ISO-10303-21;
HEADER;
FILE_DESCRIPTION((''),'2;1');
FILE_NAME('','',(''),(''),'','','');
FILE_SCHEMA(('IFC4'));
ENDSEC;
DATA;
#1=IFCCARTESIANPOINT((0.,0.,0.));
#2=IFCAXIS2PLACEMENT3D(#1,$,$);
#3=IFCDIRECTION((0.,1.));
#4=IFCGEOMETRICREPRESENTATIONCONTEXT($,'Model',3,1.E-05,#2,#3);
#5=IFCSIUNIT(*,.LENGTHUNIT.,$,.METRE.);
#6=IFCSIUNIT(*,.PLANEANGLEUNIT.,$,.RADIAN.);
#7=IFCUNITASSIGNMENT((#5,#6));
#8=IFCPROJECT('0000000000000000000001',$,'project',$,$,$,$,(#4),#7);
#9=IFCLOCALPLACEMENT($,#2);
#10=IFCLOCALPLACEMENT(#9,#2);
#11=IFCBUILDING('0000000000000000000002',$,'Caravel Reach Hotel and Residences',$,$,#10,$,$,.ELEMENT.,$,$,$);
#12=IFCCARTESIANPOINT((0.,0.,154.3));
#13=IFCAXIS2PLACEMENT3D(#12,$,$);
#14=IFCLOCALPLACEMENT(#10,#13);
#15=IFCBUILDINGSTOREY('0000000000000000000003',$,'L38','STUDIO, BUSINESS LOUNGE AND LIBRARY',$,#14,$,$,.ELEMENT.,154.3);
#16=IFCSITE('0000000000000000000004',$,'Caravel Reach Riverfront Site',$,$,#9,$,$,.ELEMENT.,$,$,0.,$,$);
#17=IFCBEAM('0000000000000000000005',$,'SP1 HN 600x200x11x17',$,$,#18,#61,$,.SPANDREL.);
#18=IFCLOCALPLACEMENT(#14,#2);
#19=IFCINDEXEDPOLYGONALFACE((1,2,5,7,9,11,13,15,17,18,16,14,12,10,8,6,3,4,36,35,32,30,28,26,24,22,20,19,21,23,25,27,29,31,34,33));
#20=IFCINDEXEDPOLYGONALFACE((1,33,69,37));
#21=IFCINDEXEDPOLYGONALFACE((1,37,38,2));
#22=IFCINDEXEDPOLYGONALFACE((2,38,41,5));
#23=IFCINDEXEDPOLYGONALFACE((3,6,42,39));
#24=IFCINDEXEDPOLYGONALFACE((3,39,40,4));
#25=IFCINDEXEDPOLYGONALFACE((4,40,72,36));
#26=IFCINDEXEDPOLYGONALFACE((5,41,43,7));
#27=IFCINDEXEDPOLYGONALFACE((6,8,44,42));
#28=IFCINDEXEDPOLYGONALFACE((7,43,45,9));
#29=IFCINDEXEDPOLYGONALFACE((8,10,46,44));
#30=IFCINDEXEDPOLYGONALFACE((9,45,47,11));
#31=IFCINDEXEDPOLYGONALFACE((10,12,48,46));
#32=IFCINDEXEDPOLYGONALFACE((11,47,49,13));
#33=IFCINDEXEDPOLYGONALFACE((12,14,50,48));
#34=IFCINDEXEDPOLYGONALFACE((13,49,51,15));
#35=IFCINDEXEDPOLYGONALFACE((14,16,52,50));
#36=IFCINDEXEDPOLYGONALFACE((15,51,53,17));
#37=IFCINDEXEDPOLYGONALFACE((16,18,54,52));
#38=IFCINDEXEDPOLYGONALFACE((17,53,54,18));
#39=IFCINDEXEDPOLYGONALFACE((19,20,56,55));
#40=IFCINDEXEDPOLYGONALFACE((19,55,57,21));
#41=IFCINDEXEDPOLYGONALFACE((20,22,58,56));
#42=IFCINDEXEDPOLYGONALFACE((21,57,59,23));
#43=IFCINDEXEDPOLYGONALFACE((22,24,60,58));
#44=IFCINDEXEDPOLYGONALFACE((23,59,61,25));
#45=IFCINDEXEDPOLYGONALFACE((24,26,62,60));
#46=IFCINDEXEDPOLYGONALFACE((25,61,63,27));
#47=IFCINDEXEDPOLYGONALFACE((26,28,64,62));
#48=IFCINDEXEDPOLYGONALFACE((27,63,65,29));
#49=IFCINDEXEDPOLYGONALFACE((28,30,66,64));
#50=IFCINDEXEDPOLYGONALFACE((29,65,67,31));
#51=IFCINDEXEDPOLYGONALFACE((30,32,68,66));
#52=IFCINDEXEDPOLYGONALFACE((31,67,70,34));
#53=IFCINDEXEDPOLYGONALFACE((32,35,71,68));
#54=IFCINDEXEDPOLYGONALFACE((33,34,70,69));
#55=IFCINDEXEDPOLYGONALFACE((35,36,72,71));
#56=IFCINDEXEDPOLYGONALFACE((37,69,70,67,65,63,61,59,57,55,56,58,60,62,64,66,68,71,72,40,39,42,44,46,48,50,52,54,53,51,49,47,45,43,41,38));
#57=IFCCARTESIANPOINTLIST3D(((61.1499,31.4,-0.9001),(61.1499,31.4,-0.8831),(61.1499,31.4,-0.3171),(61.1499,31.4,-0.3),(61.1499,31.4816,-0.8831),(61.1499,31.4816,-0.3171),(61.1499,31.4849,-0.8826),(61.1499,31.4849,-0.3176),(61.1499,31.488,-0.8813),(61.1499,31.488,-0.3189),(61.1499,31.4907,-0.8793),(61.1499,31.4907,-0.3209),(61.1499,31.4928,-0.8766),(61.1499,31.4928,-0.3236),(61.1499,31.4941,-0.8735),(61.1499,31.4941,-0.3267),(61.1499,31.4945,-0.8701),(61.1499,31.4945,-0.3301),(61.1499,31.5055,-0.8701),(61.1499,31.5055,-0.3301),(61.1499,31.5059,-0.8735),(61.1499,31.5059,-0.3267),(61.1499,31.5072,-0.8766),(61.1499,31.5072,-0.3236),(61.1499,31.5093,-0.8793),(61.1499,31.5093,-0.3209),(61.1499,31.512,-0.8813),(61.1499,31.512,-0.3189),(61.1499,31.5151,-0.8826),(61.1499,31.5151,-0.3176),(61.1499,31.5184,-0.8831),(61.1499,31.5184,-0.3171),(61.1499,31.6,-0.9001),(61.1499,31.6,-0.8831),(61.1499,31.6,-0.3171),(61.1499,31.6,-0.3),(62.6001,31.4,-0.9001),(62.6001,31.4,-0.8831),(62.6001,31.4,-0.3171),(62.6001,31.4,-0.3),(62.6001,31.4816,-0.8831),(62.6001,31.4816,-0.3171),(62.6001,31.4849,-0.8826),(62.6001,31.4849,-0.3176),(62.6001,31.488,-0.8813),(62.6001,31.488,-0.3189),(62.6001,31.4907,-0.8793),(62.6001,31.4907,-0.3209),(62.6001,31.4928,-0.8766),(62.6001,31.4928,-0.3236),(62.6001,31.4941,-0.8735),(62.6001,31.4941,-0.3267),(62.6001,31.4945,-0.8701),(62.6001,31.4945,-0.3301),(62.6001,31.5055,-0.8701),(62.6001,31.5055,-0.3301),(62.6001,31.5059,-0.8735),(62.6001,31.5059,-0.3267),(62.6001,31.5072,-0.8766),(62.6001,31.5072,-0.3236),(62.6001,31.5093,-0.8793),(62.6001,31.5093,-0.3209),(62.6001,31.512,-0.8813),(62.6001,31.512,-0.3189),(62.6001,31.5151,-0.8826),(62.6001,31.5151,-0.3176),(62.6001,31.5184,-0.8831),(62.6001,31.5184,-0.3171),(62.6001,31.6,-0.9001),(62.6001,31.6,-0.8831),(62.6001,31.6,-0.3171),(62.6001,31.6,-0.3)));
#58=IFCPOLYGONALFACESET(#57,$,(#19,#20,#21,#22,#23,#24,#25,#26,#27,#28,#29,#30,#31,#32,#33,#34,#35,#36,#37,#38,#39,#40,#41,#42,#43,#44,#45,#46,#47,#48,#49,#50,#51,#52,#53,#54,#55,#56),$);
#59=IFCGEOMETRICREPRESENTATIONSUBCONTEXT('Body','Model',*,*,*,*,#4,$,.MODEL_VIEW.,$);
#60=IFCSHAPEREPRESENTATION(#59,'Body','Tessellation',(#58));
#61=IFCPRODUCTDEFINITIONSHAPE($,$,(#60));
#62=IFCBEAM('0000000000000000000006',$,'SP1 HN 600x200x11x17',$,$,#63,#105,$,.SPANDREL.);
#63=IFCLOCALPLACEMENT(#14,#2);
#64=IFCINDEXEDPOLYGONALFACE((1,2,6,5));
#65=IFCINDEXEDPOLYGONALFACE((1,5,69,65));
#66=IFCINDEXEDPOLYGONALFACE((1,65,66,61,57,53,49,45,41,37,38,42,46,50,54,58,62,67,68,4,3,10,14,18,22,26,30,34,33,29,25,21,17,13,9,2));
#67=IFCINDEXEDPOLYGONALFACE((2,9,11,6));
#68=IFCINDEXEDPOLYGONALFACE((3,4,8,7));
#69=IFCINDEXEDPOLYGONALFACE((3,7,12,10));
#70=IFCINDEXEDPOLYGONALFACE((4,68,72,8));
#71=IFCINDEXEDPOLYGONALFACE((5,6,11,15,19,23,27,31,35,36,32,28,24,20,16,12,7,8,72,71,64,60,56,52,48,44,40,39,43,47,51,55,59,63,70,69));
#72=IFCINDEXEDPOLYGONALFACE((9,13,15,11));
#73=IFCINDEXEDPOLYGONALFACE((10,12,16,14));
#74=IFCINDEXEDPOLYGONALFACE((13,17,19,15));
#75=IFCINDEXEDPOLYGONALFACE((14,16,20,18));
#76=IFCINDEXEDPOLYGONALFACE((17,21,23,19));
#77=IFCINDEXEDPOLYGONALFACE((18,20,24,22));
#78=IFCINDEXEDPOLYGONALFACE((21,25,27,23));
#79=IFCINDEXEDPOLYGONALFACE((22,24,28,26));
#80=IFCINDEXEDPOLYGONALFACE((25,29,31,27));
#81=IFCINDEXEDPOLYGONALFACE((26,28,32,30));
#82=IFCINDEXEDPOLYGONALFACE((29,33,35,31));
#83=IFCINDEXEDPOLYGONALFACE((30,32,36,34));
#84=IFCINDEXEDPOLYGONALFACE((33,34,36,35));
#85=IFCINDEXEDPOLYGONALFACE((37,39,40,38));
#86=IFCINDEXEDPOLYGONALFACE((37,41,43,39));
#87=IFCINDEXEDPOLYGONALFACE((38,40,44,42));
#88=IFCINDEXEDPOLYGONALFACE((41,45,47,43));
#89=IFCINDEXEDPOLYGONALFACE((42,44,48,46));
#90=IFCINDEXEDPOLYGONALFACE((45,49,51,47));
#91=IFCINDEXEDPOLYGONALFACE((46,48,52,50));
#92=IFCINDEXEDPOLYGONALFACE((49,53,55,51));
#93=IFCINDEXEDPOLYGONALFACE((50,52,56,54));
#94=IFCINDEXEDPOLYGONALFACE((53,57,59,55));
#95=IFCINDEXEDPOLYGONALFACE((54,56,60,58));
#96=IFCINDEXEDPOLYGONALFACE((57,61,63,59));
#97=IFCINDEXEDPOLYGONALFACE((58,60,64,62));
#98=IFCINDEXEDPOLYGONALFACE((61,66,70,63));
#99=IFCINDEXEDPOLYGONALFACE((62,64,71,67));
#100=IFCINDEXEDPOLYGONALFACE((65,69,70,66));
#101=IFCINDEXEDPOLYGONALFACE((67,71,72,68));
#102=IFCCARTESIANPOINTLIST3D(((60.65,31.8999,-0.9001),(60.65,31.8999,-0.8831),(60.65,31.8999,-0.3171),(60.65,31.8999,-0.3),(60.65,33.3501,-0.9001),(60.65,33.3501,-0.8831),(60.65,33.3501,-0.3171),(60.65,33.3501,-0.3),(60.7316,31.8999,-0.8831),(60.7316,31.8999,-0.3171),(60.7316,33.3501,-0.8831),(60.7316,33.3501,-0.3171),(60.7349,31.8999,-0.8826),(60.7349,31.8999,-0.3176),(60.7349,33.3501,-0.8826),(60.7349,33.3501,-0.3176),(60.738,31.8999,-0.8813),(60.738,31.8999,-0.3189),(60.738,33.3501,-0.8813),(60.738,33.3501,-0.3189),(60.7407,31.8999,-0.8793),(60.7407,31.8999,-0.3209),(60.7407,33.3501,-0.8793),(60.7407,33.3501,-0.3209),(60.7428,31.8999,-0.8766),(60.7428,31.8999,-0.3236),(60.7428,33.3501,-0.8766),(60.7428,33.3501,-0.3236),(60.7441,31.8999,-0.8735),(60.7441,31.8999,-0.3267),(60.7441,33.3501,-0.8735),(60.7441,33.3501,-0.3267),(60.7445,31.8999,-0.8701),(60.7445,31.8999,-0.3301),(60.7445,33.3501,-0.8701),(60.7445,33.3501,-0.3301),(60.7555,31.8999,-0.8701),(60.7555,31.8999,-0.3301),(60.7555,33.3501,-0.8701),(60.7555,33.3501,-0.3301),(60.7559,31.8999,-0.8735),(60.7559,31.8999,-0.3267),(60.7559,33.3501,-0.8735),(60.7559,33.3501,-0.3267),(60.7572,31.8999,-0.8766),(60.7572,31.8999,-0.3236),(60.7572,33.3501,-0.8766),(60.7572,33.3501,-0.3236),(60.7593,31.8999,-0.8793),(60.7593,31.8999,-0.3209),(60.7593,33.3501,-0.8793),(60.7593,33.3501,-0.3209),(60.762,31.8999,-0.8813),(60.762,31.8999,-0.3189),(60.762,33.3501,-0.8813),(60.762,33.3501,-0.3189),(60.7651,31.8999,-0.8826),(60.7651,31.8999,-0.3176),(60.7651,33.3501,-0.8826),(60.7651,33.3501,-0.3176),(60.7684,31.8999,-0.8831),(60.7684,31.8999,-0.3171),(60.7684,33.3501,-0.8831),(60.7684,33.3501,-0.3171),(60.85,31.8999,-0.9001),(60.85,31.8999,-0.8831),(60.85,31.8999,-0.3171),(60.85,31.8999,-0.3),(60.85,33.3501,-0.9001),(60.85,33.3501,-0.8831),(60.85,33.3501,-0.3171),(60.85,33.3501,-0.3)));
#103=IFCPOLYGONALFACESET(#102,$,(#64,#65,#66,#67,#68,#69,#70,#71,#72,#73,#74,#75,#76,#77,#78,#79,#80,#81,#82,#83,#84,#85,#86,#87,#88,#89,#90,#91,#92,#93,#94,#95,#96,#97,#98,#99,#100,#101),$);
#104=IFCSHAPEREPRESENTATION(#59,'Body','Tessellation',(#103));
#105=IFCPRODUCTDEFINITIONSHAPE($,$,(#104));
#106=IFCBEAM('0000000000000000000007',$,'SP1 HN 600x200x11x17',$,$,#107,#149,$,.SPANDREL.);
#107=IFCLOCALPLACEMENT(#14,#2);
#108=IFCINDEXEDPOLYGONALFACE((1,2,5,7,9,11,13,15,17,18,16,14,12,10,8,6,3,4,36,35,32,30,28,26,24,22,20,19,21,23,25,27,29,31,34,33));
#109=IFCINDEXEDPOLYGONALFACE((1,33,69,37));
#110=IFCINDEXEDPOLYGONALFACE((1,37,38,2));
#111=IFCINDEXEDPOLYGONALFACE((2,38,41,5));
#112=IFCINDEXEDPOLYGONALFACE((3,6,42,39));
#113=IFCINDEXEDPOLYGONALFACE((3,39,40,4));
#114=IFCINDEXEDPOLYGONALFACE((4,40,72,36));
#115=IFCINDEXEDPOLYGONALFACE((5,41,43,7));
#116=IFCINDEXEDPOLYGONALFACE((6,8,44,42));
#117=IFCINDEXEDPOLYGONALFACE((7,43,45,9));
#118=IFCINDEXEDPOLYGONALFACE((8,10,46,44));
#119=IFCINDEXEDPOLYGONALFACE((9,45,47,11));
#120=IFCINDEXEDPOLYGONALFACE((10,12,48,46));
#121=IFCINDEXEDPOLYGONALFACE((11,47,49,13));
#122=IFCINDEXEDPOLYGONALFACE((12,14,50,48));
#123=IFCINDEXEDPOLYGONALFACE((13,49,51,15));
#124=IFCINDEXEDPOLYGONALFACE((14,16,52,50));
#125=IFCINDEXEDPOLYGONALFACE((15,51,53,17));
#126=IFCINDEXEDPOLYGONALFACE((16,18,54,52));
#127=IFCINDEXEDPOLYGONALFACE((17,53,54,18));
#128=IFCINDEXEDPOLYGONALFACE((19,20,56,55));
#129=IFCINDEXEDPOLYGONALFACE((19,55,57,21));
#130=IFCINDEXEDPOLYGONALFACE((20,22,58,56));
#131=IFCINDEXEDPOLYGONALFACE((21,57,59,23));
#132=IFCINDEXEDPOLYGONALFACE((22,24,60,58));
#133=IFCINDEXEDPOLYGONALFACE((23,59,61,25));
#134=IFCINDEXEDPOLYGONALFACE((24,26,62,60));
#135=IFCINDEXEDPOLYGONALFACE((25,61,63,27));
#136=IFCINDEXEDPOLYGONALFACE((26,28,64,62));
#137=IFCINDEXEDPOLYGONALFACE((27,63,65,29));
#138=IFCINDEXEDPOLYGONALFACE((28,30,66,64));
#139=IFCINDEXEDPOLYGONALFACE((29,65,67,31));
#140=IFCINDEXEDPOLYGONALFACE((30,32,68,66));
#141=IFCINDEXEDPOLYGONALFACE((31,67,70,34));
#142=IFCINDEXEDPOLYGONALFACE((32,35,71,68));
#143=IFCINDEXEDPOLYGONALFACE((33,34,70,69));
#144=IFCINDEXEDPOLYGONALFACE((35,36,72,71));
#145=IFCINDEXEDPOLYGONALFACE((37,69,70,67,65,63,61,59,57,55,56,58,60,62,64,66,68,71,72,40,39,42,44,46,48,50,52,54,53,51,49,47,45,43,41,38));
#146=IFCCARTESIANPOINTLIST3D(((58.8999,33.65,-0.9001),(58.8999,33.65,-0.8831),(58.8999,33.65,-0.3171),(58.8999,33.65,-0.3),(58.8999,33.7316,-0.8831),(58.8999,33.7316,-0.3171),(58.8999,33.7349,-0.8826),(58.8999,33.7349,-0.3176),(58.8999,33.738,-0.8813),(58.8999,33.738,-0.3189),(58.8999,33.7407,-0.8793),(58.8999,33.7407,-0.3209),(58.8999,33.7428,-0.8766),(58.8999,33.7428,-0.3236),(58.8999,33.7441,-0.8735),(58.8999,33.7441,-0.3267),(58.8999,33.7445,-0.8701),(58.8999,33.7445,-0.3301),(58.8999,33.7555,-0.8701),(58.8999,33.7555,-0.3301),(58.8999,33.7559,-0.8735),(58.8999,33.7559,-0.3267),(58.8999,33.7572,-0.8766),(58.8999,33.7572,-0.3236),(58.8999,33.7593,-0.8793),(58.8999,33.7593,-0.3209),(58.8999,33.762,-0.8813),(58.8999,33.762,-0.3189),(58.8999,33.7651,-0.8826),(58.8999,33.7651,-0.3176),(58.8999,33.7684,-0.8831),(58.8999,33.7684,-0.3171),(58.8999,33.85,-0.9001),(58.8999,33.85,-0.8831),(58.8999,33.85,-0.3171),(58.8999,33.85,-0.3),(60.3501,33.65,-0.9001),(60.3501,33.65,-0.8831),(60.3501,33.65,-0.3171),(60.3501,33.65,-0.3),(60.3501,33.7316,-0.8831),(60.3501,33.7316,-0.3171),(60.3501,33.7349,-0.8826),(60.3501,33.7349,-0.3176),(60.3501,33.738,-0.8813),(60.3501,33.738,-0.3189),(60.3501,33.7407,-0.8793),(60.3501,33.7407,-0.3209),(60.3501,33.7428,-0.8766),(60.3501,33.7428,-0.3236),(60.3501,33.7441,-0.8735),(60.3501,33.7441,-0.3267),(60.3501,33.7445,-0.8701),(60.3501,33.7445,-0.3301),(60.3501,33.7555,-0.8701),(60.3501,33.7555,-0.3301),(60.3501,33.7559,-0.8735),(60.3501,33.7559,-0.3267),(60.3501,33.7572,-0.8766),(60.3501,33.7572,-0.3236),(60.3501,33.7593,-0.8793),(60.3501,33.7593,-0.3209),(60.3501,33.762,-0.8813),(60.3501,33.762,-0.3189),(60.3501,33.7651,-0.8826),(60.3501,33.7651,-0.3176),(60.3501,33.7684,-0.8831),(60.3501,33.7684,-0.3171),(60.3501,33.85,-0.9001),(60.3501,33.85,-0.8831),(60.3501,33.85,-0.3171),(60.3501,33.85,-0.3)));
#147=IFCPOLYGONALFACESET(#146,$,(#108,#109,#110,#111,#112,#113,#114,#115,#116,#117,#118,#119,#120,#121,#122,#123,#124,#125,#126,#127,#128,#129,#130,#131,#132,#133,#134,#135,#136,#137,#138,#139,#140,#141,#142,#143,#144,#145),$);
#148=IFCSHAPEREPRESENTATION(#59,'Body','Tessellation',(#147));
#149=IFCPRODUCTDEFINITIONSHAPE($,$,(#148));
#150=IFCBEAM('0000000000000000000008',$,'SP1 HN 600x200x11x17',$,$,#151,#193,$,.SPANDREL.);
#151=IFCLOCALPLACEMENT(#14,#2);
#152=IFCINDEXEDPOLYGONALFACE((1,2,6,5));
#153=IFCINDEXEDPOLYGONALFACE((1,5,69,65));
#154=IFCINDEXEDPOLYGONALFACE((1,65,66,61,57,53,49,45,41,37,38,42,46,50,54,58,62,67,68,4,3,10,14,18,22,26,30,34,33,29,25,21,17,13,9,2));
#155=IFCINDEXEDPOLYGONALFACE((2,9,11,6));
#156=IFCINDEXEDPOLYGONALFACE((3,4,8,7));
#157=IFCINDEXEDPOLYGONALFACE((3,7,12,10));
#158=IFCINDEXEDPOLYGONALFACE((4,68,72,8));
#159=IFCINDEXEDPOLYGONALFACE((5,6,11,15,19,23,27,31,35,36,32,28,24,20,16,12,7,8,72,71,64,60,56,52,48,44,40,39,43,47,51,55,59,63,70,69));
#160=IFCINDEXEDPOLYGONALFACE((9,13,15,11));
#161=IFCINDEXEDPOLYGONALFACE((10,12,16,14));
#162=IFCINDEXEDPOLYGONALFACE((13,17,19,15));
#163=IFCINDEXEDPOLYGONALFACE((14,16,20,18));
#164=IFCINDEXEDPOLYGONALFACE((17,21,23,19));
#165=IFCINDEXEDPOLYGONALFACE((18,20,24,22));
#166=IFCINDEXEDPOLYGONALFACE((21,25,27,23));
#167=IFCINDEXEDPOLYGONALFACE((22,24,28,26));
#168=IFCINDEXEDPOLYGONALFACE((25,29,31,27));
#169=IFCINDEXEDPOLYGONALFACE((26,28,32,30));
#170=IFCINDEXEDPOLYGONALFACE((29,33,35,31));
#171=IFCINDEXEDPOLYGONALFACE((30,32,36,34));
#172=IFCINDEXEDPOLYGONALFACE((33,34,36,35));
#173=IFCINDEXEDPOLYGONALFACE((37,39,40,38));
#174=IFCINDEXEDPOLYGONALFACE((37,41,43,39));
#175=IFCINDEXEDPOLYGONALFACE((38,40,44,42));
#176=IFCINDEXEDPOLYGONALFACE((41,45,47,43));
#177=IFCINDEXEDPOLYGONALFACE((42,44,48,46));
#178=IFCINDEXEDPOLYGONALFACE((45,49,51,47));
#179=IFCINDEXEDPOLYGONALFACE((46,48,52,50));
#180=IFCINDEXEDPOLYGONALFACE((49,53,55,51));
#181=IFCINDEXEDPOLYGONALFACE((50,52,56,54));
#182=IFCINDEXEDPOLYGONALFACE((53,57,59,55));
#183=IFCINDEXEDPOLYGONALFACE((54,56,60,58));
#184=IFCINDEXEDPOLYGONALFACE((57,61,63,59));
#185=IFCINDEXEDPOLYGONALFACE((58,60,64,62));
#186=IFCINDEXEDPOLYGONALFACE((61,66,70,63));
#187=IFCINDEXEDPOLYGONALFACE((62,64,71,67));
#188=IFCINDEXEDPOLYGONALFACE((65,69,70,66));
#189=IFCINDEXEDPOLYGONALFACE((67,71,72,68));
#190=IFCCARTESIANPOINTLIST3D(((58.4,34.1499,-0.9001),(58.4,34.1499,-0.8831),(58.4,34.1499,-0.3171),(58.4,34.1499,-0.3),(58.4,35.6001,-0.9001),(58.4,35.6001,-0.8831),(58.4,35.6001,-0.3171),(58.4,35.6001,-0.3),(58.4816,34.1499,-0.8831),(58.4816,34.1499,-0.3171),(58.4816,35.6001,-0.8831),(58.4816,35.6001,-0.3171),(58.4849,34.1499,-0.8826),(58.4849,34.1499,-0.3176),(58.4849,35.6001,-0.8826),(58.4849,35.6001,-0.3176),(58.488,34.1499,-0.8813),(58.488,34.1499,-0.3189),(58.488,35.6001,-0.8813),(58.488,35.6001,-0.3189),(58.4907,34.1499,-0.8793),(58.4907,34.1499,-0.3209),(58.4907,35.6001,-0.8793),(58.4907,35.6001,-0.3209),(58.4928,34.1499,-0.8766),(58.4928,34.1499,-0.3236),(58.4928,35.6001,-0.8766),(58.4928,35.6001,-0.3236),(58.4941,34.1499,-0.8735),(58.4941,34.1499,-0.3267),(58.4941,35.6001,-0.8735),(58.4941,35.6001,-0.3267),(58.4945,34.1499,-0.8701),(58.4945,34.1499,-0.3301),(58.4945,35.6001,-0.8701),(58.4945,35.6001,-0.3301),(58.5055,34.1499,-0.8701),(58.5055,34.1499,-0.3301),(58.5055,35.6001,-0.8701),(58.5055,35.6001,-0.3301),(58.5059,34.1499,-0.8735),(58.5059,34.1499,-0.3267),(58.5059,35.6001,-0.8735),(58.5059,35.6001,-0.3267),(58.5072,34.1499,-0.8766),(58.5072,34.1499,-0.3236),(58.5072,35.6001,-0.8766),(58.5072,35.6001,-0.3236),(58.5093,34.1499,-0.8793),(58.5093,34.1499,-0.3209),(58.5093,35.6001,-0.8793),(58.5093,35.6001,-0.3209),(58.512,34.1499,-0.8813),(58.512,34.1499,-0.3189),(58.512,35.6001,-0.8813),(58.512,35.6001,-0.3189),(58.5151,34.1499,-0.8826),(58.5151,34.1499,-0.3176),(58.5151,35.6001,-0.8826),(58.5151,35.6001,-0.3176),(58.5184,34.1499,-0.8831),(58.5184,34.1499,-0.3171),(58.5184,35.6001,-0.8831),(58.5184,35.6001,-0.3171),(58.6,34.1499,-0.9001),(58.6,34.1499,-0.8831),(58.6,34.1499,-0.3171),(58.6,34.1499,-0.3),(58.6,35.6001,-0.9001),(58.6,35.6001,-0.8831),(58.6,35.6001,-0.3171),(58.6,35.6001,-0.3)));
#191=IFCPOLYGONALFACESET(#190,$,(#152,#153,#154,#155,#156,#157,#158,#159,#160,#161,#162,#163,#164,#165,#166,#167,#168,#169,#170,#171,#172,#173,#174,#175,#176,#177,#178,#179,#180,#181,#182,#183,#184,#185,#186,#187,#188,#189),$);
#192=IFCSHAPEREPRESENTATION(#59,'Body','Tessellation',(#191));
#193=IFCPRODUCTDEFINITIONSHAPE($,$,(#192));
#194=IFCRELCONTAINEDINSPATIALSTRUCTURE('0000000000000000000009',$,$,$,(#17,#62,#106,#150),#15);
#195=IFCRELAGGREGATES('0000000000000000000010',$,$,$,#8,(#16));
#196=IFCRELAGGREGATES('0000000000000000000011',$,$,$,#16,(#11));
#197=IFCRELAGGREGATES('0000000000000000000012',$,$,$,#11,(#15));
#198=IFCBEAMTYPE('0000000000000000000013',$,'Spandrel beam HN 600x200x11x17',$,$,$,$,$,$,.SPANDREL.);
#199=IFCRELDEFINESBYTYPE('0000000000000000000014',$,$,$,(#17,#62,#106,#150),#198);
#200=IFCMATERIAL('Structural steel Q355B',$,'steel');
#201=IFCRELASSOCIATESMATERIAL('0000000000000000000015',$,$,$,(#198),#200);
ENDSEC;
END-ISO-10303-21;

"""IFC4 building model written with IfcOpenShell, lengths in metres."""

from ifc_helpers import new_model, si_unit, direction, frame, origin, origin_2d, place, context, subcontext, project, spatial, i_section, extrude, material, material_profile, profile_set, type_object, element, save


model = new_model("IFC4")

# Units and contexts
model_context = context("Model", 3, precision=1e-05, world=origin(), true_north=direction((0.0, 1.0)))
body_context = subcontext(model_context, "Body", "Model", "MODEL_VIEW")
ifc_project = project(units=[si_unit("LENGTHUNIT", "METRE"), si_unit("PLANEANGLEUNIT", "RADIAN")], contexts=[model_context])

# Site, building, storey
site_placement = place(None, origin())
site = spatial("IfcSite", under=ifc_project, at=site_placement, Name="Caravel Reach Riverfront Site", CompositionType="ELEMENT", RefElevation=0.0)
building_placement = place(site_placement, origin())
building = spatial("IfcBuilding", under=site, at=building_placement, Name="Caravel Reach Hotel and Residences", CompositionType="ELEMENT")
storey_placement = place(building_placement, frame((0.0, 0.0, 154.3)))
storey = spatial("IfcBuildingStorey", under=building, at=storey_placement, Name="L38", Description="STUDIO, BUSINESS LOUNGE AND LIBRARY", CompositionType="ELEMENT", Elevation=154.3)

# Beams
ifc_material_1 = material(Name="Structural steel Q355B", Category="steel")
ifc_material_profile_1 = material_profile(ifc_material_1, i_section(OverallWidth=0.2, OverallDepth=0.6001, WebThickness=0.011, FlangeThickness=0.0171, FilletRadius=0.0129, at=origin_2d()), Name="HN 600x200x11x17")
ifc_profile_set_1 = profile_set([ifc_material_profile_1], Name="Structural steel Q355B")
beam_type = type_object("IfcBeamType", Name="Spandrel beam HN 600x200x11x17", PredefinedType="SPANDREL", material=ifc_profile_set_1)
for number, where, z_axis, x_axis, name in (
    (1, (62.6001, 31.5, -0.6001), (-1.0, 0.0, 0.0), (0.0, -1.0, 0.0), "SP1 HN 600x200x11x17"),
    (2, (60.75, 31.8999, -0.6001), (0.0, 1.0, 0.0), (-1.0, 0.0, 0.0), "SP1 HN 600x200x11x17"),
    (3, (60.3501, 33.75, -0.6001), (-1.0, 0.0, 0.0), (0.0, -1.0, 0.0), "SP1 HN 600x200x11x17"),
    (4, (58.5, 34.1499, -0.6001), (0.0, 1.0, 0.0), (-1.0, 0.0, 0.0), "SP1 HN 600x200x11x17"),
):
    element("IfcBeam", number, at=place(storey_placement, frame(where, z_axis=z_axis, x_axis=x_axis)), inside=storey, type_object=beam_type, Name=name, PredefinedType="SPANDREL", context=body_context, shape_type="SweptSolid", body=[
        extrude(i_section(OverallWidth=0.2, OverallDepth=0.6001, WebThickness=0.011, FlangeThickness=0.0171, FilletRadius=0.0129, at=origin_2d()), origin(), (0.0, 0.0, 1.0), 1.4502),
    ])

save(model, "model.ifc")
